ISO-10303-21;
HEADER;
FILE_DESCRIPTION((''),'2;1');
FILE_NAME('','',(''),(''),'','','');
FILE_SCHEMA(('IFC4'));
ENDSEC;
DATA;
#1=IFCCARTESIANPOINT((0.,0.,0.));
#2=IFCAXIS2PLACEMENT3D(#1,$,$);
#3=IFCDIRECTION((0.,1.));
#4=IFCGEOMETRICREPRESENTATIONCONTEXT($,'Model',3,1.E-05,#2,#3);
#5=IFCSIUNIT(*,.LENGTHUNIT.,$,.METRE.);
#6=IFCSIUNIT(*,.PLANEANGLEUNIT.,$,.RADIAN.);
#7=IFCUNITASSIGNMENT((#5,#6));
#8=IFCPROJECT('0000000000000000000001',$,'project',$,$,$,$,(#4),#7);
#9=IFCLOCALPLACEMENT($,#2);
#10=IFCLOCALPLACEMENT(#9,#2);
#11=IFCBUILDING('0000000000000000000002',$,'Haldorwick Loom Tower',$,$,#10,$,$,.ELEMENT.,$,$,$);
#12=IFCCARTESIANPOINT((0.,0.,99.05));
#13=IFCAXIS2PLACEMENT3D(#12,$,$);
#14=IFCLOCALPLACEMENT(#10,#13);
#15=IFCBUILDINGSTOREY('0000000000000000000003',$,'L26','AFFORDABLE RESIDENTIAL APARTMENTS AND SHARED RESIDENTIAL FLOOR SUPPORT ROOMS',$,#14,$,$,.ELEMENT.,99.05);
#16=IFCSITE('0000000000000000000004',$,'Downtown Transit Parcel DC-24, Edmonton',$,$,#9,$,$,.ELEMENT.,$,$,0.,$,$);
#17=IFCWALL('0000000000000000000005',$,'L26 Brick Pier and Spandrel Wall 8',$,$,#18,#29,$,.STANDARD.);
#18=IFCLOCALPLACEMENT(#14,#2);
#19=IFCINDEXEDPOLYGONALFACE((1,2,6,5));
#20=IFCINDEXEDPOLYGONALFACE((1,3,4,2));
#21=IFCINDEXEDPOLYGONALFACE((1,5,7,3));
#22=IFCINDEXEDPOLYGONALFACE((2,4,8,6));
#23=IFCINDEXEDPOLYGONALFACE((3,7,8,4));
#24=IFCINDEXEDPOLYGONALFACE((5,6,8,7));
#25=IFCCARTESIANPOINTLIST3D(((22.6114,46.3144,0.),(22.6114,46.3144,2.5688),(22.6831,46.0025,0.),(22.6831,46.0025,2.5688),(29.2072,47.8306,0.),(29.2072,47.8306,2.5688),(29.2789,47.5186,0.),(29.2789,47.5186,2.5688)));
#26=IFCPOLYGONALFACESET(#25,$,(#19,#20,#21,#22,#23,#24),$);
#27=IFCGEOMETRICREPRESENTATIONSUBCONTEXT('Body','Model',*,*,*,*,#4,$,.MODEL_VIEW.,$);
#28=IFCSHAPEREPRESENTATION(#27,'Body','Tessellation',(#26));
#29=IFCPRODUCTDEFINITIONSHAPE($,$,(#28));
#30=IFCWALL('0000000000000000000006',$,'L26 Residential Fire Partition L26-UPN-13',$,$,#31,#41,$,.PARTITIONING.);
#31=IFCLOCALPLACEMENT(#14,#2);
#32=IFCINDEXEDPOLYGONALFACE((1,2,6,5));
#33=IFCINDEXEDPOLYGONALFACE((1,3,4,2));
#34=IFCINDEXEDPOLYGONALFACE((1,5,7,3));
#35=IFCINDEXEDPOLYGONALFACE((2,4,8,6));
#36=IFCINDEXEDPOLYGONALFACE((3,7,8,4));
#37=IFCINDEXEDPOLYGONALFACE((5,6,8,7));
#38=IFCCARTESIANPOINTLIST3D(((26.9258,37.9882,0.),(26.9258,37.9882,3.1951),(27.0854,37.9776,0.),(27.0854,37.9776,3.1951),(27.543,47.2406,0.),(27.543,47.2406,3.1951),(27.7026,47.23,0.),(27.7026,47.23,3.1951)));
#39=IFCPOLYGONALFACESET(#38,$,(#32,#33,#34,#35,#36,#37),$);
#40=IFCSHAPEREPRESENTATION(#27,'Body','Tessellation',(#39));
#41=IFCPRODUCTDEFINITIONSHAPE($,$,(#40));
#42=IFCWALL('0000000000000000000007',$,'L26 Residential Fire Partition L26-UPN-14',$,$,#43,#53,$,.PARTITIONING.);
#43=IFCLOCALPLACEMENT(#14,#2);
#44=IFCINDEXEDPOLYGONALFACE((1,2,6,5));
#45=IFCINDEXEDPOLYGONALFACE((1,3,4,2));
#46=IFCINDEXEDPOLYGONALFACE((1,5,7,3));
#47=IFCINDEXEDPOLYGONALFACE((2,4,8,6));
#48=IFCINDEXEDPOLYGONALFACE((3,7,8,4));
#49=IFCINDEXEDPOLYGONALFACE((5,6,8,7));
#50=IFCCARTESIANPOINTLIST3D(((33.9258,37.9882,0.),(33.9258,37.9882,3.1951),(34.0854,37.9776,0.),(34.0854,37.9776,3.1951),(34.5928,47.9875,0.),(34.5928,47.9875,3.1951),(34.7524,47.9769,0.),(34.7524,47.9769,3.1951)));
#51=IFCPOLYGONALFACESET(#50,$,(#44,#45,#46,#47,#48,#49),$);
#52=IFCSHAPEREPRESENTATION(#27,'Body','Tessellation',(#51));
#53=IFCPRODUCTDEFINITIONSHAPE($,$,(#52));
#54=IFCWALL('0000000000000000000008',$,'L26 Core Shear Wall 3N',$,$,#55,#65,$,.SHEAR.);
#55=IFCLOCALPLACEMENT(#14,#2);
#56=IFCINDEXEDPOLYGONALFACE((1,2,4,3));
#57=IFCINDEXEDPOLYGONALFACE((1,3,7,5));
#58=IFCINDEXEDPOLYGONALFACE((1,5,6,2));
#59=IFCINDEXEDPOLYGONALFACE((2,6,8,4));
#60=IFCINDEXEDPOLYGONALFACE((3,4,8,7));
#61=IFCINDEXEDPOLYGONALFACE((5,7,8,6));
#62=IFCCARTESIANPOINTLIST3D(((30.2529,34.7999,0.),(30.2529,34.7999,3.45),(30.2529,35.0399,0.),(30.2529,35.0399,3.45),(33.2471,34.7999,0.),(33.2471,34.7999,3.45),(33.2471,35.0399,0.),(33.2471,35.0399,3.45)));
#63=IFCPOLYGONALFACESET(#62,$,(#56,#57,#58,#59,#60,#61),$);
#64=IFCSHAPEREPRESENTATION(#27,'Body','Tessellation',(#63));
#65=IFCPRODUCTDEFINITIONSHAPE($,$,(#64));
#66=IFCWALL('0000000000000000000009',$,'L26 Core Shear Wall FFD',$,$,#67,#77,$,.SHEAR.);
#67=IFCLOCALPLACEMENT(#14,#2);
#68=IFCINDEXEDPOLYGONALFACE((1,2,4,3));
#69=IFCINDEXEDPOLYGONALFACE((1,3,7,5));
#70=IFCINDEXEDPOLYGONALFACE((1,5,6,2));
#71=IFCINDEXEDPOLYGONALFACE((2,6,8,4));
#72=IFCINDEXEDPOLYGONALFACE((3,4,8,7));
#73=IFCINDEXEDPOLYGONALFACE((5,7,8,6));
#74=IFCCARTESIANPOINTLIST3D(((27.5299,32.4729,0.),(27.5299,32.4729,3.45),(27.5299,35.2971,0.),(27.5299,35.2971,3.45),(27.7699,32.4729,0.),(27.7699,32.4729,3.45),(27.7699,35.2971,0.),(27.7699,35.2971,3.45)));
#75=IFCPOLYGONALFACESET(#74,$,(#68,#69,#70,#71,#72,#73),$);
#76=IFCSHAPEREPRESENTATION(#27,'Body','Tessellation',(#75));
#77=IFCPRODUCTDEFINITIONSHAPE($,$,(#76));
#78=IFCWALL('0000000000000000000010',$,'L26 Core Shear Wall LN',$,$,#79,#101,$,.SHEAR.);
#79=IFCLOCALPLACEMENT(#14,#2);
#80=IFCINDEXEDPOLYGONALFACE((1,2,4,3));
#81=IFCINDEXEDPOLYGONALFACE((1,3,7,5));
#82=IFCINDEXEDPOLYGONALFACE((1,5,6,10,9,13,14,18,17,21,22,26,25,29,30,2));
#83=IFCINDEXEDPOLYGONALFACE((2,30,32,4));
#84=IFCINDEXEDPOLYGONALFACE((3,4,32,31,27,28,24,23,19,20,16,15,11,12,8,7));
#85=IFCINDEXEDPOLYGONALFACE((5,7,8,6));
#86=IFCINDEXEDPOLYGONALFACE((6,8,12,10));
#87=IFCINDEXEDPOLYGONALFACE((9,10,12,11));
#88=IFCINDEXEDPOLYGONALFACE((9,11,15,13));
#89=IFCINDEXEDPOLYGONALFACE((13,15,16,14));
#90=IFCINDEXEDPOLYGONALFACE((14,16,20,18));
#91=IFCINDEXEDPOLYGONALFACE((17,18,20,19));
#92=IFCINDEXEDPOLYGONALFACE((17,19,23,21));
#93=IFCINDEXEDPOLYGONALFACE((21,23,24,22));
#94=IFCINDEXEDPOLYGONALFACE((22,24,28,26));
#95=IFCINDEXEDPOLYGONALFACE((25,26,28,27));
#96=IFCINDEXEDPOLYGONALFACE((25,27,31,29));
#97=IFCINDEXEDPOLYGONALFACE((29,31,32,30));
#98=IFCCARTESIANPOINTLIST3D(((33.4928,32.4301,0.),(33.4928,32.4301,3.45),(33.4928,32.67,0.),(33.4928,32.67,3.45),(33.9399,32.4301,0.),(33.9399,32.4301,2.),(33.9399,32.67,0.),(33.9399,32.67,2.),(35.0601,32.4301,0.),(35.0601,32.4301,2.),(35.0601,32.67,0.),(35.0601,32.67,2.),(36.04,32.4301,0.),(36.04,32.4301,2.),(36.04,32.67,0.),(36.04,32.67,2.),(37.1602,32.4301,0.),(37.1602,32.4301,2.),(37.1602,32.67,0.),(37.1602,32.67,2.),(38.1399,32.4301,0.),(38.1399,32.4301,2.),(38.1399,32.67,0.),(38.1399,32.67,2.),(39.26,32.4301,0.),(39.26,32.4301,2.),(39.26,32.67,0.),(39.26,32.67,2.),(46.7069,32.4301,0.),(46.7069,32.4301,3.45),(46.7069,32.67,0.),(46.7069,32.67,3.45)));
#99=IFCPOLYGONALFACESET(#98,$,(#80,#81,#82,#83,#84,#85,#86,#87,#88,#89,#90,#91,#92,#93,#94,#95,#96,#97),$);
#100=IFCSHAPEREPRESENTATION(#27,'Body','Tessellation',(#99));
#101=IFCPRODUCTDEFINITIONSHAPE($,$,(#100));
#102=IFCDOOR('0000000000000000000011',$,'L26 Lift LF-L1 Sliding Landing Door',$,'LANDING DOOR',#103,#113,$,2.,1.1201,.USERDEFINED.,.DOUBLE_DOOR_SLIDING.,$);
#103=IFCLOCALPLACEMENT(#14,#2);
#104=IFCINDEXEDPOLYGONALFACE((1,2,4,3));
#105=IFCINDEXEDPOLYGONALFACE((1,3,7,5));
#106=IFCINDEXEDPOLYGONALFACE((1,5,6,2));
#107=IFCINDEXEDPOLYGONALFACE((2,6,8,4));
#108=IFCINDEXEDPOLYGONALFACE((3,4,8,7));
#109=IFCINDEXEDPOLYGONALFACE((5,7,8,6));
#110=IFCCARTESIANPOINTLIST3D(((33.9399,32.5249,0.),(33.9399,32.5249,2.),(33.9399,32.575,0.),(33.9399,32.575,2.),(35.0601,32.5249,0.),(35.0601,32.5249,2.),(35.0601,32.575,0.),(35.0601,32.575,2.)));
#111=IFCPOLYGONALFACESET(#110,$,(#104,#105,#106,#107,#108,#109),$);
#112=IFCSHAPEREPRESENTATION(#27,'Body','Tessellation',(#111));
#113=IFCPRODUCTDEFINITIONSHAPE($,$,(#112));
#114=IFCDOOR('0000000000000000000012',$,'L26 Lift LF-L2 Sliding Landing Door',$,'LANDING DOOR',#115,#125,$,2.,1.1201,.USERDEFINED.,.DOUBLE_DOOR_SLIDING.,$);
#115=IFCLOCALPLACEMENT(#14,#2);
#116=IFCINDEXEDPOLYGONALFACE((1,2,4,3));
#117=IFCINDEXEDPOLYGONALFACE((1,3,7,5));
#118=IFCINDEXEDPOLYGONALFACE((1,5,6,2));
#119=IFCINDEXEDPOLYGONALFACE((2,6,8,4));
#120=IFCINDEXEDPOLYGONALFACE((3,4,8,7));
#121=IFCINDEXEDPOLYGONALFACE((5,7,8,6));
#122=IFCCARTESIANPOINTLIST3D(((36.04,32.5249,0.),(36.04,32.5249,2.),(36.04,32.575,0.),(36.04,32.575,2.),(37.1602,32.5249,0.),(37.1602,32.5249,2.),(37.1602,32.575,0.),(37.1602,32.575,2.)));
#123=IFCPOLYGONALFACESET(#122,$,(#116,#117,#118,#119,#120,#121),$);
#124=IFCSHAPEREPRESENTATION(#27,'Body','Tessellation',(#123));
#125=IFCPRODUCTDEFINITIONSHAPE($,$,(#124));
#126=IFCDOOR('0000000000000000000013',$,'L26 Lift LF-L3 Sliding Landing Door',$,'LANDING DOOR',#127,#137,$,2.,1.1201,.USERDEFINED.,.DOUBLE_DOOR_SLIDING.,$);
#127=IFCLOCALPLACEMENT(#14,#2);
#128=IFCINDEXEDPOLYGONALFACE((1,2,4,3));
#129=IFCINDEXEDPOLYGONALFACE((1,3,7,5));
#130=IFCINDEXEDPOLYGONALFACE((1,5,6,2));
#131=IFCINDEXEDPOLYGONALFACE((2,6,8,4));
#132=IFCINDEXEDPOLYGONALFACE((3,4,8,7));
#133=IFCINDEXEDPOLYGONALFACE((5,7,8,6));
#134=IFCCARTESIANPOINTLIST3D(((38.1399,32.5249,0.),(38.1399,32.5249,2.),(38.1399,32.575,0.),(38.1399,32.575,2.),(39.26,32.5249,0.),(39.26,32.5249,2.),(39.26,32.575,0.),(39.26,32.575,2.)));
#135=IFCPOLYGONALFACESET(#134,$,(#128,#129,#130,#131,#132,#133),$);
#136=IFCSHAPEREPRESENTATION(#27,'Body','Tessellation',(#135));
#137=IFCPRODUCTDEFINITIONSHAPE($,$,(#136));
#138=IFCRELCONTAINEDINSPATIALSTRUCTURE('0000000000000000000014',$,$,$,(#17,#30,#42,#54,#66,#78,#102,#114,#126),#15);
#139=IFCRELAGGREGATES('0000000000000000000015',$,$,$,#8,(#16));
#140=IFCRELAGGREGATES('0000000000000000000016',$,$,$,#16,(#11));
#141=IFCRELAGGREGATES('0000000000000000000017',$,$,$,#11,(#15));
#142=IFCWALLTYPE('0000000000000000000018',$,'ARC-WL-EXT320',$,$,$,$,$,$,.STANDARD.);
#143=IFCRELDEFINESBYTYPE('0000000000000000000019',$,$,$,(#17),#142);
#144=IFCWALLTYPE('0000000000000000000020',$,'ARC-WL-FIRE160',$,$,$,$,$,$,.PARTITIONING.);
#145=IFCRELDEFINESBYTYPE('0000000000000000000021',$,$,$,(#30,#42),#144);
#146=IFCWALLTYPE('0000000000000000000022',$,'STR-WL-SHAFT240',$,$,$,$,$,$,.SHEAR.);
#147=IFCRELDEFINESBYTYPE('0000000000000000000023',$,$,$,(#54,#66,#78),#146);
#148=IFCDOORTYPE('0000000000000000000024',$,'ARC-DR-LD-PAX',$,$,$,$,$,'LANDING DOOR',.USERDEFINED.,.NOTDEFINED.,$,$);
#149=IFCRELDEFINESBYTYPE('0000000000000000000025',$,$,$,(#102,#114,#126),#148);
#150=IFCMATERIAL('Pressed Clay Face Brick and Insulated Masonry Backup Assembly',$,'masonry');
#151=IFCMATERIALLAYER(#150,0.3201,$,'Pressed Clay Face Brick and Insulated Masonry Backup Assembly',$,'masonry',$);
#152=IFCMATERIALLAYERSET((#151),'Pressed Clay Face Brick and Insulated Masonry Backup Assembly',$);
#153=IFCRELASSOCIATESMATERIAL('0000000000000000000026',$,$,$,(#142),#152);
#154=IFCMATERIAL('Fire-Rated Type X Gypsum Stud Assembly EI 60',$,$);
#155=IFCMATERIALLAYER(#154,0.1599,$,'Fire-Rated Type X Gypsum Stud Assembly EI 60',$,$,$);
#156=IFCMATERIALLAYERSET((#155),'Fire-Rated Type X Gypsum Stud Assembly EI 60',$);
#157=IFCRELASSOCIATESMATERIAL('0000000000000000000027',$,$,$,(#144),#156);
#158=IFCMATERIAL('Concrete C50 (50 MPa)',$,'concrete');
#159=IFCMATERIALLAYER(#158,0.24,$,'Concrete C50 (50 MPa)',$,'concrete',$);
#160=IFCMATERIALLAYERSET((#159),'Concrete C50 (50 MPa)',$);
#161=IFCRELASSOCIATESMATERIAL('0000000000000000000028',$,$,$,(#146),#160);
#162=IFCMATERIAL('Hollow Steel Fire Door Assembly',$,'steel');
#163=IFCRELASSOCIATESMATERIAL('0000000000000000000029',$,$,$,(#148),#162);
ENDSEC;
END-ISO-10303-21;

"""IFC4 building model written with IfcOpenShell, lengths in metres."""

from ifc_helpers import new_model, si_unit, direction, frame, frame_2d, origin, place, context, subcontext, project, spatial, rectangle, extrude, material, layer, layer_set, type_object, element, fill, save


model = new_model("IFC4")

# Units and contexts
model_context = context("Model", 3, precision=1e-05, world=origin(), true_north=direction((0.0, 1.0)))
body_context = subcontext(model_context, "Body", "Model", "MODEL_VIEW")
ifc_project = project(units=[si_unit("LENGTHUNIT", "METRE"), si_unit("PLANEANGLEUNIT", "RADIAN")], contexts=[model_context])

# Site, building, storey
site_placement = place(None, origin())
site = spatial("IfcSite", under=ifc_project, at=site_placement, Name="Downtown Transit Parcel DC-24, Edmonton", CompositionType="ELEMENT", RefElevation=0.0)
building_placement = place(site_placement, origin())
building = spatial("IfcBuilding", under=site, at=building_placement, Name="Haldorwick Loom Tower", CompositionType="ELEMENT")
storey_placement = place(building_placement, frame((0.0, 0.0, 99.05)))
storey = spatial("IfcBuildingStorey", under=building, at=storey_placement, Name="L26", Description="AFFORDABLE RESIDENTIAL APARTMENTS AND SHARED RESIDENTIAL FLOOR SUPPORT ROOMS", CompositionType="ELEMENT", Elevation=99.05)

# Walls
ifc_material_1 = material(Name="Pressed Clay Face Brick and Insulated Masonry Backup Assembly", Category="masonry")
ifc_layer_1 = layer(ifc_material_1, 0.3201, Name="Pressed Clay Face Brick and Insulated Masonry Backup Assembly", Category="masonry")
ifc_layer_set_1 = layer_set([ifc_layer_1], Name="Pressed Clay Face Brick and Insulated Masonry Backup Assembly")
wall_type_1 = type_object("IfcWallType", Name="ARC-WL-EXT320", PredefinedType="STANDARD", material=ifc_layer_set_1)
wall_1_placement = place(storey_placement, frame((29.2429, 47.6746, 0.0), z_axis=(0.0, 0.0, 1.0), x_axis=(-0.974584, -0.224022, 0.0)))
element("IfcWall", 1, at=wall_1_placement, inside=storey, type_object=wall_type_1, Name="L26 Brick Pier and Spandrel Wall 8", PredefinedType="STANDARD", context=body_context, shape_type="SweptSolid", body=[
    extrude(rectangle(XDim=6.7678, YDim=0.3201, at=frame_2d((3.3838, 0.0))), origin(), (0.0, 0.0, 1.0), 2.5688),
])
ifc_material_2 = material(Name="Fire-Rated Type X Gypsum Stud Assembly EI 60")
ifc_layer_2 = layer(ifc_material_2, 0.1599, Name="Fire-Rated Type X Gypsum Stud Assembly EI 60")
ifc_layer_set_2 = layer_set([ifc_layer_2], Name="Fire-Rated Type X Gypsum Stud Assembly EI 60")
wall_type_2 = type_object("IfcWallType", Name="ARC-WL-FIRE160", PredefinedType="PARTITIONING", material=ifc_layer_set_2)
wall_2_placement = place(storey_placement, frame((27.0056, 37.9829, 0.0), z_axis=(0.0, 0.0, 1.0), x_axis=(0.066557, 0.997783, 0.0)))
element("IfcWall", 2, at=wall_2_placement, inside=storey, type_object=wall_type_2, Name="L26 Residential Fire Partition L26-UPN-13", PredefinedType="PARTITIONING", context=body_context, shape_type="SweptSolid", body=[
    extrude(rectangle(XDim=9.2729, YDim=0.1599, at=frame_2d((4.6365, 0.0))), origin(), (0.0, 0.0, 1.0), 3.1951),
])
wall_3_placement = place(storey_placement, frame((34.0056, 37.9829, 0.0), z_axis=(0.0, 0.0, 1.0), x_axis=(0.066556, 0.997783, 0.0)))
element("IfcWall", 3, at=wall_3_placement, inside=storey, type_object=wall_type_2, Name="L26 Residential Fire Partition L26-UPN-14", PredefinedType="PARTITIONING", context=body_context, shape_type="SweptSolid", body=[
    extrude(rectangle(XDim=10.0215, YDim=0.1599, at=frame_2d((5.0107, 0.0))), origin(), (0.0, 0.0, 1.0), 3.1951),
])
ifc_material_3 = material(Name="Concrete C50 (50 MPa)", Category="concrete")
ifc_layer_3 = layer(ifc_material_3, 0.24, Name="Concrete C50 (50 MPa)", Category="concrete")
ifc_layer_set_3 = layer_set([ifc_layer_3], Name="Concrete C50 (50 MPa)")
wall_type_3 = type_object("IfcWallType", Name="STR-WL-SHAFT240", PredefinedType="SHEAR", material=ifc_layer_set_3)
wall_4_placement = place(storey_placement, frame((30.2529, 34.9199, 0.0), z_axis=(0.0, 0.0, 1.0), x_axis=(1.0, 0.0, 0.0)))
element("IfcWall", 4, at=wall_4_placement, inside=storey, type_object=wall_type_3, Name="L26 Core Shear Wall 3N", PredefinedType="SHEAR", context=body_context, shape_type="SweptSolid", body=[
    extrude(rectangle(XDim=2.9941, YDim=0.24, at=frame_2d((1.4971, 0.0))), origin(), (0.0, 0.0, 1.0), 3.45),
])
wall_5_placement = place(storey_placement, frame((27.6499, 32.4729, 0.0), z_axis=(0.0, 0.0, 1.0), x_axis=(0.0, 1.0, 0.0)))
element("IfcWall", 5, at=wall_5_placement, inside=storey, type_object=wall_type_3, Name="L26 Core Shear Wall FFD", PredefinedType="SHEAR", context=body_context, shape_type="SweptSolid", body=[
    extrude(rectangle(XDim=2.8242, YDim=0.24, at=frame_2d((1.4121, 0.0))), origin(), (0.0, 0.0, 1.0), 3.45),
])

# Wall, openings, doors
wall_6_placement = place(storey_placement, frame((33.4929, 32.55, 0.0), z_axis=(0.0, 0.0, 1.0), x_axis=(1.0, 0.0, 0.0)))
wall_6 = element("IfcWall", 6, at=wall_6_placement, inside=storey, type_object=wall_type_3, Name="L26 Core Shear Wall LN", PredefinedType="SHEAR", context=body_context, shape_type="SweptSolid", body=[
    extrude(rectangle(XDim=13.2141, YDim=0.24, at=frame_2d((6.6069, 0.0))), origin(), (0.0, 0.0, 1.0), 3.45),
])
opening_1_placement = place(wall_6_placement, frame((0.447, 0.0, 0.0)))
opening_1 = element("IfcOpeningElement", 7, at=opening_1_placement, cuts=wall_6, PredefinedType="OPENING", context=body_context, shape_type="SweptSolid", body=[
    extrude(rectangle(XDim=1.1201, YDim=2.0, at=frame_2d((0.5601, 1.0))), frame((0.0, 0.1299, 0.0), z_axis=(0.0, -1.0, 0.0), x_axis=(1.0, 0.0, 0.0)), (0.0, 0.0, 1.0), 0.26),
])
opening_2_placement = place(wall_6_placement, frame((2.5471, 0.0, 0.0)))
opening_2 = element("IfcOpeningElement", 8, at=opening_2_placement, cuts=wall_6, PredefinedType="OPENING", context=body_context, shape_type="SweptSolid", body=[
    extrude(rectangle(XDim=1.1201, YDim=2.0, at=frame_2d((0.5601, 1.0))), frame((0.0, 0.1299, 0.0), z_axis=(0.0, -1.0, 0.0), x_axis=(1.0, 0.0, 0.0)), (0.0, 0.0, 1.0), 0.26),
])
opening_3_placement = place(wall_6_placement, frame((4.647, 0.0, 0.0)))
opening_3 = element("IfcOpeningElement", 9, at=opening_3_placement, cuts=wall_6, PredefinedType="OPENING", context=body_context, shape_type="SweptSolid", body=[
    extrude(rectangle(XDim=1.1201, YDim=2.0, at=frame_2d((0.5601, 1.0))), frame((0.0, 0.1299, 0.0), z_axis=(0.0, -1.0, 0.0), x_axis=(1.0, 0.0, 0.0)), (0.0, 0.0, 1.0), 0.26),
])
ifc_material_4 = material(Name="Hollow Steel Fire Door Assembly", Category="steel")
door_type = type_object("IfcDoorType", Name="ARC-DR-LD-PAX", ElementType="LANDING DOOR", OperationType="NOTDEFINED", PredefinedType="USERDEFINED", material=ifc_material_4)
door_1_placement = place(opening_1_placement, origin())
door_1 = element("IfcDoor", 10, at=door_1_placement, inside=storey, type_object=door_type, Name="L26 Lift LF-L1 Sliding Landing Door", ObjectType="LANDING DOOR", OperationType="DOUBLE_DOOR_SLIDING", OverallHeight=2.0, OverallWidth=1.1201, PredefinedType="USERDEFINED", context=body_context, shape_type="SweptSolid", body=[
    extrude(rectangle(XDim=1.1201, YDim=2.0, at=frame_2d((0.5601, 1.0))), frame((0.0, 0.0249, 0.0), z_axis=(0.0, -1.0, 0.0), x_axis=(1.0, 0.0, 0.0)), (0.0, 0.0, 1.0), 0.05),
])
fill(opening_1, door_1)
door_2_placement = place(opening_2_placement, origin())
door_2 = element("IfcDoor", 11, at=door_2_placement, inside=storey, type_object=door_type, Name="L26 Lift LF-L2 Sliding Landing Door", ObjectType="LANDING DOOR", OperationType="DOUBLE_DOOR_SLIDING", OverallHeight=2.0, OverallWidth=1.1201, PredefinedType="USERDEFINED", context=body_context, shape_type="SweptSolid", body=[
    extrude(rectangle(XDim=1.1201, YDim=2.0, at=frame_2d((0.5601, 1.0))), frame((0.0, 0.0249, 0.0), z_axis=(0.0, -1.0, 0.0), x_axis=(1.0, 0.0, 0.0)), (0.0, 0.0, 1.0), 0.05),
])
fill(opening_2, door_2)
door_3_placement = place(opening_3_placement, origin())
door_3 = element("IfcDoor", 12, at=door_3_placement, inside=storey, type_object=door_type, Name="L26 Lift LF-L3 Sliding Landing Door", ObjectType="LANDING DOOR", OperationType="DOUBLE_DOOR_SLIDING", OverallHeight=2.0, OverallWidth=1.1201, PredefinedType="USERDEFINED", context=body_context, shape_type="SweptSolid", body=[
    extrude(rectangle(XDim=1.1201, YDim=2.0, at=frame_2d((0.5601, 1.0))), frame((0.0, 0.0249, 0.0), z_axis=(0.0, -1.0, 0.0), x_axis=(1.0, 0.0, 0.0)), (0.0, 0.0, 1.0), 0.05),
])
fill(opening_3, door_3)

save(model, "model.ifc")
